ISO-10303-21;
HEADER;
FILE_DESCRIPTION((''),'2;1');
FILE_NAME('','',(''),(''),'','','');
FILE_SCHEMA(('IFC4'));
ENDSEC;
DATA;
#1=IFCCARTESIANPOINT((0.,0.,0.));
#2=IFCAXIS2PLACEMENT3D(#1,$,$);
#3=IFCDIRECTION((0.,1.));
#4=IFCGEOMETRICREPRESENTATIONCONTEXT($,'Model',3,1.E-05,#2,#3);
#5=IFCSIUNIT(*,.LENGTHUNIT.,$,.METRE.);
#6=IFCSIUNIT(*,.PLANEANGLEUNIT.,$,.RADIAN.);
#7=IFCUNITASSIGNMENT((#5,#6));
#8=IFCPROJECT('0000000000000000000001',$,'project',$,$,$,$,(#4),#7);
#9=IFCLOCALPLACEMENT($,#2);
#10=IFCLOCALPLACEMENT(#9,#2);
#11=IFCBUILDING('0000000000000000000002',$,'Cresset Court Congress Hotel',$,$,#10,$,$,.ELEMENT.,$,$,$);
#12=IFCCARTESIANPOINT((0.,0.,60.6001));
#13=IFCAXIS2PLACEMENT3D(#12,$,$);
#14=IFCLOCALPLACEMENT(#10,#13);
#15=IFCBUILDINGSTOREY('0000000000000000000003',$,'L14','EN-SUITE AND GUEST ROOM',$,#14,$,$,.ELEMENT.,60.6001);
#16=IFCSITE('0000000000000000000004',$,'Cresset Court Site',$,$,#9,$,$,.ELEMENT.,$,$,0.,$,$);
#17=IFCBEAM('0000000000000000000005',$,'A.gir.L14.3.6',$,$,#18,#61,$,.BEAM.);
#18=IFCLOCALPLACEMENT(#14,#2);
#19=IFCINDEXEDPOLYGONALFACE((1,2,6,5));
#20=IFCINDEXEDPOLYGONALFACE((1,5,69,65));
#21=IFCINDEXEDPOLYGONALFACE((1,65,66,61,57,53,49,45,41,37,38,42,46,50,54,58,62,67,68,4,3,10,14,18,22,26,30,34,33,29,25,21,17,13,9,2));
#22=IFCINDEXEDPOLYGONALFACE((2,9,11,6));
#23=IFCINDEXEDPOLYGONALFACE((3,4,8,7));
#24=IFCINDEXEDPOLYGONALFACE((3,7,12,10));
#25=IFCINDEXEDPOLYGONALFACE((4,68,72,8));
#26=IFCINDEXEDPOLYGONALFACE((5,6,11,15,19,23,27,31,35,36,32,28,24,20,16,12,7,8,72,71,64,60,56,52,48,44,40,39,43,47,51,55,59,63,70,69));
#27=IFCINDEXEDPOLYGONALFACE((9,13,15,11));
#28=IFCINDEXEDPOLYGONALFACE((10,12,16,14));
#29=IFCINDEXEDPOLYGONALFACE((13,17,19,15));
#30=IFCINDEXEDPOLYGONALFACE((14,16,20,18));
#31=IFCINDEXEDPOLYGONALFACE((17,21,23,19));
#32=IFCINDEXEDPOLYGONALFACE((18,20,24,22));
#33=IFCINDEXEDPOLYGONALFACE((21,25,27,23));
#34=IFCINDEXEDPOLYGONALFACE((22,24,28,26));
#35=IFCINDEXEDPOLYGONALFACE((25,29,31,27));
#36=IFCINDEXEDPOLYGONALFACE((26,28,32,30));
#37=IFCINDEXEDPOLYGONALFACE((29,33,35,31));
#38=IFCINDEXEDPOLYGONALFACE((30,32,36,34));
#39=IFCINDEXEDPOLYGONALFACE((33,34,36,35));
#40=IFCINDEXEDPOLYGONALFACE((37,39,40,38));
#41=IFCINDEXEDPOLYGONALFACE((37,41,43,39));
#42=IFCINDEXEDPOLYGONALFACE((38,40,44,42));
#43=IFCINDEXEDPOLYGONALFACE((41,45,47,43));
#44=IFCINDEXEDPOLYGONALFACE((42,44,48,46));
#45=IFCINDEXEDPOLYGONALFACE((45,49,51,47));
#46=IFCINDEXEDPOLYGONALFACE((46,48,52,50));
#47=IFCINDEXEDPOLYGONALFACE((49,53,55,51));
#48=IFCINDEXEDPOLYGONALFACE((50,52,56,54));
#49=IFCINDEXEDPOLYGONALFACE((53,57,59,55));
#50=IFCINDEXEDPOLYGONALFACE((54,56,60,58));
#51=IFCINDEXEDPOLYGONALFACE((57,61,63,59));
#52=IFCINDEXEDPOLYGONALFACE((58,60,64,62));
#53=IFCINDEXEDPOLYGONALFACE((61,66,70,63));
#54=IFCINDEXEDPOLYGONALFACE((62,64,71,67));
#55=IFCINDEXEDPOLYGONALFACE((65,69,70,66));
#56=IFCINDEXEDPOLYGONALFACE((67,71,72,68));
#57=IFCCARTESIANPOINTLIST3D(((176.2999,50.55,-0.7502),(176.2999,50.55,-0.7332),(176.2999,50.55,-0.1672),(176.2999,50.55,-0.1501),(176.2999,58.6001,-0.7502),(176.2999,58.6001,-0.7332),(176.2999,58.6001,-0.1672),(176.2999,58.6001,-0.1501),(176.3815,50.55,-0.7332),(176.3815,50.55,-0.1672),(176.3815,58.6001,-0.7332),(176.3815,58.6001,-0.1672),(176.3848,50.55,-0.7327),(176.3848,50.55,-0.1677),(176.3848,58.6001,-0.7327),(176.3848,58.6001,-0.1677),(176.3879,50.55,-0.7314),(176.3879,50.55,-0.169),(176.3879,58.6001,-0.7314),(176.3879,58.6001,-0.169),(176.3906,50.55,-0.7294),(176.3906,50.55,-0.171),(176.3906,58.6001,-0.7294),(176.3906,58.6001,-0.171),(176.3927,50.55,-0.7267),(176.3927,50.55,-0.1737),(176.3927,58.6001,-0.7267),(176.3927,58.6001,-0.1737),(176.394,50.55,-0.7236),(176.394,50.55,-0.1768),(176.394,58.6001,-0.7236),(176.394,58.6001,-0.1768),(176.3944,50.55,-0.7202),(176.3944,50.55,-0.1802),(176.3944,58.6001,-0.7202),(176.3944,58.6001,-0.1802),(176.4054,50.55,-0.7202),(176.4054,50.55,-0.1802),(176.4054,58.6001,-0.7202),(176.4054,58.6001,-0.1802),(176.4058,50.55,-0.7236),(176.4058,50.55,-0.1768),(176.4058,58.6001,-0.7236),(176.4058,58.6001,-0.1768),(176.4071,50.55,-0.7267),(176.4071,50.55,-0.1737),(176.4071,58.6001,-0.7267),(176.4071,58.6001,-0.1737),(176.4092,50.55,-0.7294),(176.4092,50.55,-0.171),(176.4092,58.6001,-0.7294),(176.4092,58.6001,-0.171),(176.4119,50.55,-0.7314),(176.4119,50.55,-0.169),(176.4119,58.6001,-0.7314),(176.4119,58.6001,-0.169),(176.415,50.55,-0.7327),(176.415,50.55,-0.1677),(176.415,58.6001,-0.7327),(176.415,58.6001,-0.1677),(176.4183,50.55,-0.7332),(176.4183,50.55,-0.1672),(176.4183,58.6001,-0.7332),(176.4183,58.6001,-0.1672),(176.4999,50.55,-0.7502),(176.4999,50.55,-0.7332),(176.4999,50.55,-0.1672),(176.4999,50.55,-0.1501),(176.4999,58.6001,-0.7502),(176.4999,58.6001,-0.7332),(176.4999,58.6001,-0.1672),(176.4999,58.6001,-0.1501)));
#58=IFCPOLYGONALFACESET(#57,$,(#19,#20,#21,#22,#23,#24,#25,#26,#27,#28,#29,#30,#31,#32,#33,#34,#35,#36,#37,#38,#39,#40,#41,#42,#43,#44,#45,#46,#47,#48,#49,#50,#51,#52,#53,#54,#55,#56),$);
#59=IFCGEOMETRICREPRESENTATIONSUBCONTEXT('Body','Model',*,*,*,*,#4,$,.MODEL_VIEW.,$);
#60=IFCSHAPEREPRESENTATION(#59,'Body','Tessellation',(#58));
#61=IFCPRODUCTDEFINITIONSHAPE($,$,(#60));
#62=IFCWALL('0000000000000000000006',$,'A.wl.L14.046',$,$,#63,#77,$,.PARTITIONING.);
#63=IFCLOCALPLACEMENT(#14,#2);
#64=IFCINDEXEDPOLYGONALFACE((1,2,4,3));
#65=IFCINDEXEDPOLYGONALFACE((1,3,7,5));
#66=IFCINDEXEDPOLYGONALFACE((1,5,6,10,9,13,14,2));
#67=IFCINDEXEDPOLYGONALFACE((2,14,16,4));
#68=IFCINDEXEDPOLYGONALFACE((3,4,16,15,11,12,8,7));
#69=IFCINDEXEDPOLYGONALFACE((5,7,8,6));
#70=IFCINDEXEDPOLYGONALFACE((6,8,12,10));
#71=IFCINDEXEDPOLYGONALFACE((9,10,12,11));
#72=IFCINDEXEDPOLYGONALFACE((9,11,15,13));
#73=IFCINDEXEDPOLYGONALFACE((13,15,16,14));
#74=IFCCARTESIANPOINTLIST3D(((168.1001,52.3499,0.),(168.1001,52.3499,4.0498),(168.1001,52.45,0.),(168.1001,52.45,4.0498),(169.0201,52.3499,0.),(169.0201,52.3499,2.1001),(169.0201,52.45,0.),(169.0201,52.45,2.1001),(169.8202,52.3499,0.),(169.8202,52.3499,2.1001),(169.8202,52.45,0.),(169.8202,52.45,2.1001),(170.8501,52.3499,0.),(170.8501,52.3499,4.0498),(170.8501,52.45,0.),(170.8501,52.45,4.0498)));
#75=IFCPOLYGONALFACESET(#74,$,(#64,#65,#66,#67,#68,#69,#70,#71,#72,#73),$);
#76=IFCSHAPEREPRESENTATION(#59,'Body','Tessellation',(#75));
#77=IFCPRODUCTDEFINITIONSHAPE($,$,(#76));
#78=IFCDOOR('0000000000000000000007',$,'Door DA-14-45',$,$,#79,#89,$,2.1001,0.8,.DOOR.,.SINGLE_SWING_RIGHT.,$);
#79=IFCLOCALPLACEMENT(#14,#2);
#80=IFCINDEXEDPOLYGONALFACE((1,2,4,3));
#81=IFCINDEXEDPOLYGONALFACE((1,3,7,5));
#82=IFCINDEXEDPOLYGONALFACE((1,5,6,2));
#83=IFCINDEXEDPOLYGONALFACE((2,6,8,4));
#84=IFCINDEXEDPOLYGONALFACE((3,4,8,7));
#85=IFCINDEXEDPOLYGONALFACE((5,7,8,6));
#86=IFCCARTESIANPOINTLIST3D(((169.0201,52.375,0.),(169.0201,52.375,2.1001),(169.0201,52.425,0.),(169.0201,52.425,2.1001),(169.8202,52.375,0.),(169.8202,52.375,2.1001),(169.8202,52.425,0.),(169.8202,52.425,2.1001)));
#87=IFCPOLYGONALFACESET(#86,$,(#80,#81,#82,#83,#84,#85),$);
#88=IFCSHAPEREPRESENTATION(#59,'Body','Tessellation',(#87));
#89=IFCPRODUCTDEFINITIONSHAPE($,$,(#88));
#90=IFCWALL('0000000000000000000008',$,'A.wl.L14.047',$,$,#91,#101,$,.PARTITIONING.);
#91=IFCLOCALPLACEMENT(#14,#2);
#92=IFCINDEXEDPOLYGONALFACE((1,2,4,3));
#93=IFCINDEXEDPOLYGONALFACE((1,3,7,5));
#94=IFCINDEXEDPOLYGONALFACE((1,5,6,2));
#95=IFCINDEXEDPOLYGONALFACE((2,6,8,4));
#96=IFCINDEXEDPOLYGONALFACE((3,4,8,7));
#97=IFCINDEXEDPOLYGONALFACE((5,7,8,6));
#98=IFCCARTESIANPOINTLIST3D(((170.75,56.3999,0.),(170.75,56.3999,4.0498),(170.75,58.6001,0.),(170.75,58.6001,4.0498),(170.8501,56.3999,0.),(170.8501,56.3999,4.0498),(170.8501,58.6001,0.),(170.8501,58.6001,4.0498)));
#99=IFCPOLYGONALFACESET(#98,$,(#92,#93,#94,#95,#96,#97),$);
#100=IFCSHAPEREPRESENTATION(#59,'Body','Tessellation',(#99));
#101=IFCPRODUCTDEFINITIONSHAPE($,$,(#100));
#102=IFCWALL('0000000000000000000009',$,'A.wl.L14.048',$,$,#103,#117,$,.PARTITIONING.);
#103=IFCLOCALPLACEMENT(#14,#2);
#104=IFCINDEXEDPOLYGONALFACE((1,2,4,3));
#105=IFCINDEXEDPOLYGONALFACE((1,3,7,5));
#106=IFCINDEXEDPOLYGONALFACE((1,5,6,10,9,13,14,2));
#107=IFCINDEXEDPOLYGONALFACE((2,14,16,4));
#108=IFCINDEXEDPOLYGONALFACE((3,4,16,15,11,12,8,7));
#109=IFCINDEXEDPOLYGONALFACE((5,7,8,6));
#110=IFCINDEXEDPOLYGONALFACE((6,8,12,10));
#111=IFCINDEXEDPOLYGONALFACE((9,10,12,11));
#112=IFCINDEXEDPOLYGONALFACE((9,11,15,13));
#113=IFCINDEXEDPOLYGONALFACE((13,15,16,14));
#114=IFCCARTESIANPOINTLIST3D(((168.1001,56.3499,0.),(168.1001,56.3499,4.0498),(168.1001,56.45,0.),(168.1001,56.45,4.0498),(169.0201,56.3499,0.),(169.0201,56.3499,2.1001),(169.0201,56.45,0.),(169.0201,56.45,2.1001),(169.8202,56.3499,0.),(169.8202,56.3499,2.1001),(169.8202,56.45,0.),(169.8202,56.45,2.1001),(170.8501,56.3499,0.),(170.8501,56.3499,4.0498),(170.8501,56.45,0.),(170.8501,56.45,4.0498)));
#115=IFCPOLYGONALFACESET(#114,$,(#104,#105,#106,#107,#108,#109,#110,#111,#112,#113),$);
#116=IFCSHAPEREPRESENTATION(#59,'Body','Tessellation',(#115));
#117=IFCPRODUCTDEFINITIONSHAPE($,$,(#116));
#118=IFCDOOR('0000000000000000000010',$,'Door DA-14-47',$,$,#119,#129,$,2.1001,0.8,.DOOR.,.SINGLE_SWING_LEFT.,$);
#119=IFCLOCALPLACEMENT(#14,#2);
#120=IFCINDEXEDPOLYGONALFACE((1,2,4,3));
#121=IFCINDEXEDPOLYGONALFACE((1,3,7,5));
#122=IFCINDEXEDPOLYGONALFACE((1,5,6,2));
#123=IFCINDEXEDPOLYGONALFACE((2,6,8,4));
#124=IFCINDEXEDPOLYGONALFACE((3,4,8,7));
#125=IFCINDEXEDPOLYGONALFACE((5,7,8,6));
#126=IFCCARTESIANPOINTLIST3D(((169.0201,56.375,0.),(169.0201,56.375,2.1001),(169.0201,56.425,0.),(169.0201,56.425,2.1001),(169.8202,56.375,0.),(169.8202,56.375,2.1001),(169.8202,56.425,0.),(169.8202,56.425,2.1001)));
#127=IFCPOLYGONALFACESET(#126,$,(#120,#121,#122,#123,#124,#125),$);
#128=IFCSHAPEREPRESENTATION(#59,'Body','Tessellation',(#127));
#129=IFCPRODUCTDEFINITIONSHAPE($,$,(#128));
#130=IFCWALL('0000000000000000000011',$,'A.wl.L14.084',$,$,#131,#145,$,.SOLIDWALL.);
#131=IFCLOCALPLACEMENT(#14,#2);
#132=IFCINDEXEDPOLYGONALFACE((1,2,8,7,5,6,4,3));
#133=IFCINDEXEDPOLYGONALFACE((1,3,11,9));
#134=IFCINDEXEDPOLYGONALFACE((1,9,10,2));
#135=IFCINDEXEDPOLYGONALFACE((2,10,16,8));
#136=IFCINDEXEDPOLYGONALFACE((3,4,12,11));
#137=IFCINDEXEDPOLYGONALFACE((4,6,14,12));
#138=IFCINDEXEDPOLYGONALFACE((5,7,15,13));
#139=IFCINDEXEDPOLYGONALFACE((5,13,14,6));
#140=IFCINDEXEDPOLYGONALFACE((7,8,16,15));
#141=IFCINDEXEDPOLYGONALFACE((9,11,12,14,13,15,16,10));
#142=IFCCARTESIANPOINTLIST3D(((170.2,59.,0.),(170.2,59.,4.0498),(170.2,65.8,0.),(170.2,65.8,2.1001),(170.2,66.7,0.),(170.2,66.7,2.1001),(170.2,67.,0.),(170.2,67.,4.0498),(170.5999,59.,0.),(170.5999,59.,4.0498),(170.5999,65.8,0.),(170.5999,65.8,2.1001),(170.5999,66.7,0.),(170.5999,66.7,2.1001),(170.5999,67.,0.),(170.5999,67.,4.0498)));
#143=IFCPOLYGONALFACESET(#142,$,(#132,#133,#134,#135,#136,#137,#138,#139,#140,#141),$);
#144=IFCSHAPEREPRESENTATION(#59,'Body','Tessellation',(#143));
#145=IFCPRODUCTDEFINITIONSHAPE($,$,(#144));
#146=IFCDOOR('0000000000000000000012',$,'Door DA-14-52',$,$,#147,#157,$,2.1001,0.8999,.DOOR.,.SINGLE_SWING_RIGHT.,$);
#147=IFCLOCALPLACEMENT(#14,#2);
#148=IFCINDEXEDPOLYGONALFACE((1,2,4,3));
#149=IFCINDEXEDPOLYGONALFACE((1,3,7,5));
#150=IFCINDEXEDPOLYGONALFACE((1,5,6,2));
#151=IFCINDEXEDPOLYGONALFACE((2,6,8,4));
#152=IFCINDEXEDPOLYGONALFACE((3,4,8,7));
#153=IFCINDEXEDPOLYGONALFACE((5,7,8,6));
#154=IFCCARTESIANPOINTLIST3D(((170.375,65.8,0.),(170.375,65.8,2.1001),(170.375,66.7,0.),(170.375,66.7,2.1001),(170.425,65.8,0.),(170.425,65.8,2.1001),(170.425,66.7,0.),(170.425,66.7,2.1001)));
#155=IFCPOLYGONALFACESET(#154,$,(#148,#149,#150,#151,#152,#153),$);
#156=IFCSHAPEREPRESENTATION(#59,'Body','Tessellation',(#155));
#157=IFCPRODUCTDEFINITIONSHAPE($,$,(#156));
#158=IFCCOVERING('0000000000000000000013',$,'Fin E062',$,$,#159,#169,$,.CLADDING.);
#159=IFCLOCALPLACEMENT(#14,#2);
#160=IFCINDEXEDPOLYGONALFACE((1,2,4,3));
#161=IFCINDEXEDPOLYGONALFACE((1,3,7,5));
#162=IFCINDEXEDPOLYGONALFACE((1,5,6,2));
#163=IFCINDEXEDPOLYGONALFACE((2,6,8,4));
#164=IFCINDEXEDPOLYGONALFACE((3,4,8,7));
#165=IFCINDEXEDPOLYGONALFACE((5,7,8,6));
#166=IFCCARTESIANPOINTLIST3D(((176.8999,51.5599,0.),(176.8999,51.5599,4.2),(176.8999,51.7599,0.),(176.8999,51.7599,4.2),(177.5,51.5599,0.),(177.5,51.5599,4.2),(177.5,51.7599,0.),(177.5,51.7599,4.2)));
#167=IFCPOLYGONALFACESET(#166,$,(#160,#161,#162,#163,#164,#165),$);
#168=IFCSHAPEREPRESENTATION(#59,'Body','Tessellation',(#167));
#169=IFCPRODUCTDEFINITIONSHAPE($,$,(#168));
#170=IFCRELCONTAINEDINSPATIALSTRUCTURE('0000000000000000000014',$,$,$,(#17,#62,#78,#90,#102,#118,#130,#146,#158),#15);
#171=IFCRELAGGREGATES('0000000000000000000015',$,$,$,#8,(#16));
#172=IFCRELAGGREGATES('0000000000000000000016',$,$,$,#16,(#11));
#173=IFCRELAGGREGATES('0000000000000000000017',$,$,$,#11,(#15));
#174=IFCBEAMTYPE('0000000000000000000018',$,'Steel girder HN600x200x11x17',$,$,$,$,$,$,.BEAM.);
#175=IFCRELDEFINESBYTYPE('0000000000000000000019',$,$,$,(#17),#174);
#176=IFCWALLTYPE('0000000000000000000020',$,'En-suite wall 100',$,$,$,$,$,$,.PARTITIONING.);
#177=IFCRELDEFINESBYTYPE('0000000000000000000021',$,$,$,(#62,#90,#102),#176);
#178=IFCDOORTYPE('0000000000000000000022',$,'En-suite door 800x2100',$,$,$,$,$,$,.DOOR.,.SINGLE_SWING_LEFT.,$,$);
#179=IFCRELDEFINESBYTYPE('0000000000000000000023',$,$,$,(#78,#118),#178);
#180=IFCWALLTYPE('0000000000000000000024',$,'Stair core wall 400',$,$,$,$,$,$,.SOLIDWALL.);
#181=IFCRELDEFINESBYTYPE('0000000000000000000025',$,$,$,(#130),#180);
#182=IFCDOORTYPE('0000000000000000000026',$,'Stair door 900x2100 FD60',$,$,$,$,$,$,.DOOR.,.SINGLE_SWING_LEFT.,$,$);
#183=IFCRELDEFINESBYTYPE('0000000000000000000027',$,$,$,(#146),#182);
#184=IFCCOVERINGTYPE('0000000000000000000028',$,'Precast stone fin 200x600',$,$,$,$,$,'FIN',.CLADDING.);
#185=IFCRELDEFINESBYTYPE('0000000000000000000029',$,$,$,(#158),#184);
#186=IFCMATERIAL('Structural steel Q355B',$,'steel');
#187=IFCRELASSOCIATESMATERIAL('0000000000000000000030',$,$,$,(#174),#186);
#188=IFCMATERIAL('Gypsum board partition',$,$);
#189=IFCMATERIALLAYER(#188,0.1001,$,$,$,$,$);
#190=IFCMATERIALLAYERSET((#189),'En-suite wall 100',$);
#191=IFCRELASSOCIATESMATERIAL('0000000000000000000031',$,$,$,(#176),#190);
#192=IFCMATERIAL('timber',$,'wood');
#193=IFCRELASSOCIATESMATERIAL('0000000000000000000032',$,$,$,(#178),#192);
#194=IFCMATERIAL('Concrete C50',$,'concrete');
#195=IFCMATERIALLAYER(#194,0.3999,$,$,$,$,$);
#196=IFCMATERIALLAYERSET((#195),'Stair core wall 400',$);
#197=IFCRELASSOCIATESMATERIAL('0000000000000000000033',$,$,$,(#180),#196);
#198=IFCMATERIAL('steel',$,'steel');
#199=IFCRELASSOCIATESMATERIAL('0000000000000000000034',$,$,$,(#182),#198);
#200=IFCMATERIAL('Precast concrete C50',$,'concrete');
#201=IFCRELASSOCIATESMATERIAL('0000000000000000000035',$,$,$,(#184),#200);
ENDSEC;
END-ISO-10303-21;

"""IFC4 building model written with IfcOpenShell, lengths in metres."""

from ifc_helpers import new_model, si_unit, direction, frame, frame_2d, origin, origin_2d, place, context, subcontext, project, spatial, rectangle, i_section, extrude, material, layer, layer_set, material_profile, profile_set, type_object, element, fill, save


model = new_model("IFC4")

# Units and contexts
model_context = context("Model", 3, precision=1e-05, world=origin(), true_north=direction((0.0, 1.0)))
body_context = subcontext(model_context, "Body", "Model", "MODEL_VIEW")
ifc_project = project(units=[si_unit("LENGTHUNIT", "METRE"), si_unit("PLANEANGLEUNIT", "RADIAN")], contexts=[model_context])

# Site, building, storey
site_placement = place(None, origin())
site = spatial("IfcSite", under=ifc_project, at=site_placement, Name="Cresset Court Site", CompositionType="ELEMENT", RefElevation=0.0)
building_placement = place(site_placement, origin())
building = spatial("IfcBuilding", under=site, at=building_placement, Name="Cresset Court Congress Hotel", CompositionType="ELEMENT")
storey_placement = place(building_placement, frame((0.0, 0.0, 60.6001)))
storey = spatial("IfcBuildingStorey", under=building, at=storey_placement, Name="L14", Description="EN-SUITE AND GUEST ROOM", CompositionType="ELEMENT", Elevation=60.6001)

# Beam
ifc_material_1 = material(Name="Structural steel Q355B", Category="steel")
ifc_material_profile = material_profile(ifc_material_1, i_section(OverallWidth=0.2, OverallDepth=0.6001, WebThickness=0.011, FlangeThickness=0.0171, FilletRadius=0.0129, at=origin_2d()), Name="HN600x200x11x17")
ifc_profile_set = profile_set([ifc_material_profile], Name="Structural steel Q355B")
beam_type = type_object("IfcBeamType", Name="Steel girder HN600x200x11x17", PredefinedType="BEAM", material=ifc_profile_set)
beam_placement = place(storey_placement, frame((176.3999, 50.55, -0.4502), z_axis=(0.0, 1.0, 0.0), x_axis=(-1.0, 0.0, 0.0)))
element("IfcBeam", 1, at=beam_placement, inside=storey, type_object=beam_type, Name="A.gir.L14.3.6", PredefinedType="BEAM", context=body_context, shape_type="SweptSolid", body=[
    extrude(i_section(OverallWidth=0.2, OverallDepth=0.6001, WebThickness=0.011, FlangeThickness=0.0171, FilletRadius=0.0129, at=origin_2d()), origin(), (0.0, 0.0, 1.0), 8.05),
])

# Wall, opening, door
ifc_material_2 = material(Name="Gypsum board partition")
ifc_layer_1 = layer(ifc_material_2, 0.1001)
ifc_layer_set_1 = layer_set([ifc_layer_1], Name="En-suite wall 100")
wall_type_1 = type_object("IfcWallType", Name="En-suite wall 100", PredefinedType="PARTITIONING", material=ifc_layer_set_1)
wall_1_placement = place(storey_placement, frame((170.8501, 52.3999, 0.0), z_axis=(0.0, 0.0, 1.0), x_axis=(-1.0, 0.0, 0.0)))
wall_1 = element("IfcWall", 2, at=wall_1_placement, inside=storey, type_object=wall_type_1, Name="A.wl.L14.046", PredefinedType="PARTITIONING", context=body_context, shape_type="SweptSolid", body=[
    extrude(rectangle(XDim=2.75, YDim=0.1001, at=frame_2d((1.375, 0.0))), origin(), (0.0, 0.0, 1.0), 4.0498),
])
opening_1_placement = place(wall_1_placement, frame((1.03, 0.0, 0.0)))
opening_1 = element("IfcOpeningElement", 3, at=opening_1_placement, cuts=wall_1, PredefinedType="OPENING", context=body_context, shape_type="SweptSolid", body=[
    extrude(rectangle(XDim=0.8, YDim=2.1001, at=frame_2d((0.3999, 1.05))), frame((0.0, 0.0601, 0.0), z_axis=(0.0, -1.0, 0.0), x_axis=(1.0, 0.0, 0.0)), (0.0, 0.0, 1.0), 0.1201),
])
ifc_material_3 = material(Name="timber", Category="wood")
door_type_1 = type_object("IfcDoorType", Name="En-suite door 800x2100", OperationType="SINGLE_SWING_LEFT", PredefinedType="DOOR", material=ifc_material_3)
door_1_placement = place(opening_1_placement, origin())
door_1 = element("IfcDoor", 4, at=door_1_placement, inside=storey, type_object=door_type_1, Name="Door DA-14-45", OperationType="SINGLE_SWING_RIGHT", OverallHeight=2.1001, OverallWidth=0.8, PredefinedType="DOOR", context=body_context, shape_type="SweptSolid", body=[
    extrude(rectangle(XDim=0.8, YDim=2.1001, at=frame_2d((0.3999, 1.05))), frame((0.0, 0.0249, 0.0), z_axis=(0.0, -1.0, 0.0), x_axis=(1.0, 0.0, 0.0)), (0.0, 0.0, 1.0), 0.05),
])
fill(opening_1, door_1)

# Wall
wall_2_placement = place(storey_placement, frame((170.8, 56.3999, 0.0), z_axis=(0.0, 0.0, 1.0), x_axis=(0.0, 1.0, 0.0)))
element("IfcWall", 5, at=wall_2_placement, inside=storey, type_object=wall_type_1, Name="A.wl.L14.047", PredefinedType="PARTITIONING", context=body_context, shape_type="SweptSolid", body=[
    extrude(rectangle(XDim=2.2002, YDim=0.1001, at=frame_2d((1.1001, 0.0))), origin(), (0.0, 0.0, 1.0), 4.0498),
])

# Walls, openings, doors
wall_3_placement = place(storey_placement, frame((170.8501, 56.3999, 0.0), z_axis=(0.0, 0.0, 1.0), x_axis=(-1.0, 0.0, 0.0)))
wall_3 = element("IfcWall", 6, at=wall_3_placement, inside=storey, type_object=wall_type_1, Name="A.wl.L14.048", PredefinedType="PARTITIONING", context=body_context, shape_type="SweptSolid", body=[
    extrude(rectangle(XDim=2.75, YDim=0.1001, at=frame_2d((1.375, 0.0))), origin(), (0.0, 0.0, 1.0), 4.0498),
])
opening_2_placement = place(wall_3_placement, frame((1.03, 0.0, 0.0)))
opening_2 = element("IfcOpeningElement", 7, at=opening_2_placement, cuts=wall_3, PredefinedType="OPENING", context=body_context, shape_type="SweptSolid", body=[
    extrude(rectangle(XDim=0.8, YDim=2.1001, at=frame_2d((0.3999, 1.05))), frame((0.0, 0.0601, 0.0), z_axis=(0.0, -1.0, 0.0), x_axis=(1.0, 0.0, 0.0)), (0.0, 0.0, 1.0), 0.1201),
])
door_2_placement = place(opening_2_placement, origin())
door_2 = element("IfcDoor", 8, at=door_2_placement, inside=storey, type_object=door_type_1, Name="Door DA-14-47", OperationType="SINGLE_SWING_LEFT", OverallHeight=2.1001, OverallWidth=0.8, PredefinedType="DOOR", context=body_context, shape_type="SweptSolid", body=[
    extrude(rectangle(XDim=0.8, YDim=2.1001, at=frame_2d((0.3999, 1.05))), frame((0.0, 0.0249, 0.0), z_axis=(0.0, -1.0, 0.0), x_axis=(1.0, 0.0, 0.0)), (0.0, 0.0, 1.0), 0.05),
])
fill(opening_2, door_2)
ifc_material_4 = material(Name="Concrete C50", Category="concrete")
ifc_layer_2 = layer(ifc_material_4, 0.3999)
ifc_layer_set_2 = layer_set([ifc_layer_2], Name="Stair core wall 400")
wall_type_2 = type_object("IfcWallType", Name="Stair core wall 400", PredefinedType="SOLIDWALL", material=ifc_layer_set_2)
wall_4_placement = place(storey_placement, frame((170.3999, 59.0, 0.0), z_axis=(0.0, 0.0, 1.0), x_axis=(0.0, 1.0, 0.0)))
wall_4 = element("IfcWall", 9, at=wall_4_placement, inside=storey, type_object=wall_type_2, Name="A.wl.L14.084", PredefinedType="SOLIDWALL", context=body_context, shape_type="SweptSolid", body=[
    extrude(rectangle(XDim=8.0, YDim=0.3999, at=frame_2d((4.0, 0.0))), origin(), (0.0, 0.0, 1.0), 4.0498),
])
opening_3_placement = place(wall_4_placement, frame((6.8, 0.0, 0.0)))
opening_3 = element("IfcOpeningElement", 10, at=opening_3_placement, cuts=wall_4, PredefinedType="OPENING", context=body_context, shape_type="SweptSolid", body=[
    extrude(rectangle(XDim=0.8999, YDim=2.1001, at=frame_2d((0.45, 1.05))), frame((0.0, 0.21, 0.0), z_axis=(0.0, -1.0, 0.0), x_axis=(1.0, 0.0, 0.0)), (0.0, 0.0, 1.0), 0.4199),
])
ifc_material_5 = material(Name="steel", Category="steel")
door_type_2 = type_object("IfcDoorType", Name="Stair door 900x2100 FD60", OperationType="SINGLE_SWING_LEFT", PredefinedType="DOOR", material=ifc_material_5)
door_3_placement = place(opening_3_placement, origin())
door_3 = element("IfcDoor", 11, at=door_3_placement, inside=storey, type_object=door_type_2, Name="Door DA-14-52", OperationType="SINGLE_SWING_RIGHT", OverallHeight=2.1001, OverallWidth=0.8999, PredefinedType="DOOR", context=body_context, shape_type="SweptSolid", body=[
    extrude(rectangle(XDim=0.8999, YDim=2.1001, at=frame_2d((0.45, 1.05))), frame((0.0, 0.0249, 0.0), z_axis=(0.0, -1.0, 0.0), x_axis=(1.0, 0.0, 0.0)), (0.0, 0.0, 1.0), 0.05),
])
fill(opening_3, door_3)

# Covering
ifc_material_6 = material(Name="Precast concrete C50", Category="concrete")
covering_type_1 = type_object("IfcCoveringType", Name="Precast stone fin 200x600", ElementType="FIN", PredefinedType="CLADDING", material=ifc_material_6)
for number, where, z_axis, x_axis, name in (
    (12, (177.2, 51.6599, 0.0), (0.0, 0.0, 1.0), (1.0, 0.0, 0.0), "Fin E062"),
):
    element("IfcCovering", number, at=place(storey_placement, frame(where, z_axis=z_axis, x_axis=x_axis)), inside=storey, type_object=covering_type_1, Name=name, PredefinedType="CLADDING", context=body_context, shape_type="SweptSolid", body=[
        extrude(rectangle(XDim=0.6001, YDim=0.2, at=origin_2d()), origin(), (0.0, 0.0, 1.0), 4.2),
    ])

save(model, "model.ifc")
